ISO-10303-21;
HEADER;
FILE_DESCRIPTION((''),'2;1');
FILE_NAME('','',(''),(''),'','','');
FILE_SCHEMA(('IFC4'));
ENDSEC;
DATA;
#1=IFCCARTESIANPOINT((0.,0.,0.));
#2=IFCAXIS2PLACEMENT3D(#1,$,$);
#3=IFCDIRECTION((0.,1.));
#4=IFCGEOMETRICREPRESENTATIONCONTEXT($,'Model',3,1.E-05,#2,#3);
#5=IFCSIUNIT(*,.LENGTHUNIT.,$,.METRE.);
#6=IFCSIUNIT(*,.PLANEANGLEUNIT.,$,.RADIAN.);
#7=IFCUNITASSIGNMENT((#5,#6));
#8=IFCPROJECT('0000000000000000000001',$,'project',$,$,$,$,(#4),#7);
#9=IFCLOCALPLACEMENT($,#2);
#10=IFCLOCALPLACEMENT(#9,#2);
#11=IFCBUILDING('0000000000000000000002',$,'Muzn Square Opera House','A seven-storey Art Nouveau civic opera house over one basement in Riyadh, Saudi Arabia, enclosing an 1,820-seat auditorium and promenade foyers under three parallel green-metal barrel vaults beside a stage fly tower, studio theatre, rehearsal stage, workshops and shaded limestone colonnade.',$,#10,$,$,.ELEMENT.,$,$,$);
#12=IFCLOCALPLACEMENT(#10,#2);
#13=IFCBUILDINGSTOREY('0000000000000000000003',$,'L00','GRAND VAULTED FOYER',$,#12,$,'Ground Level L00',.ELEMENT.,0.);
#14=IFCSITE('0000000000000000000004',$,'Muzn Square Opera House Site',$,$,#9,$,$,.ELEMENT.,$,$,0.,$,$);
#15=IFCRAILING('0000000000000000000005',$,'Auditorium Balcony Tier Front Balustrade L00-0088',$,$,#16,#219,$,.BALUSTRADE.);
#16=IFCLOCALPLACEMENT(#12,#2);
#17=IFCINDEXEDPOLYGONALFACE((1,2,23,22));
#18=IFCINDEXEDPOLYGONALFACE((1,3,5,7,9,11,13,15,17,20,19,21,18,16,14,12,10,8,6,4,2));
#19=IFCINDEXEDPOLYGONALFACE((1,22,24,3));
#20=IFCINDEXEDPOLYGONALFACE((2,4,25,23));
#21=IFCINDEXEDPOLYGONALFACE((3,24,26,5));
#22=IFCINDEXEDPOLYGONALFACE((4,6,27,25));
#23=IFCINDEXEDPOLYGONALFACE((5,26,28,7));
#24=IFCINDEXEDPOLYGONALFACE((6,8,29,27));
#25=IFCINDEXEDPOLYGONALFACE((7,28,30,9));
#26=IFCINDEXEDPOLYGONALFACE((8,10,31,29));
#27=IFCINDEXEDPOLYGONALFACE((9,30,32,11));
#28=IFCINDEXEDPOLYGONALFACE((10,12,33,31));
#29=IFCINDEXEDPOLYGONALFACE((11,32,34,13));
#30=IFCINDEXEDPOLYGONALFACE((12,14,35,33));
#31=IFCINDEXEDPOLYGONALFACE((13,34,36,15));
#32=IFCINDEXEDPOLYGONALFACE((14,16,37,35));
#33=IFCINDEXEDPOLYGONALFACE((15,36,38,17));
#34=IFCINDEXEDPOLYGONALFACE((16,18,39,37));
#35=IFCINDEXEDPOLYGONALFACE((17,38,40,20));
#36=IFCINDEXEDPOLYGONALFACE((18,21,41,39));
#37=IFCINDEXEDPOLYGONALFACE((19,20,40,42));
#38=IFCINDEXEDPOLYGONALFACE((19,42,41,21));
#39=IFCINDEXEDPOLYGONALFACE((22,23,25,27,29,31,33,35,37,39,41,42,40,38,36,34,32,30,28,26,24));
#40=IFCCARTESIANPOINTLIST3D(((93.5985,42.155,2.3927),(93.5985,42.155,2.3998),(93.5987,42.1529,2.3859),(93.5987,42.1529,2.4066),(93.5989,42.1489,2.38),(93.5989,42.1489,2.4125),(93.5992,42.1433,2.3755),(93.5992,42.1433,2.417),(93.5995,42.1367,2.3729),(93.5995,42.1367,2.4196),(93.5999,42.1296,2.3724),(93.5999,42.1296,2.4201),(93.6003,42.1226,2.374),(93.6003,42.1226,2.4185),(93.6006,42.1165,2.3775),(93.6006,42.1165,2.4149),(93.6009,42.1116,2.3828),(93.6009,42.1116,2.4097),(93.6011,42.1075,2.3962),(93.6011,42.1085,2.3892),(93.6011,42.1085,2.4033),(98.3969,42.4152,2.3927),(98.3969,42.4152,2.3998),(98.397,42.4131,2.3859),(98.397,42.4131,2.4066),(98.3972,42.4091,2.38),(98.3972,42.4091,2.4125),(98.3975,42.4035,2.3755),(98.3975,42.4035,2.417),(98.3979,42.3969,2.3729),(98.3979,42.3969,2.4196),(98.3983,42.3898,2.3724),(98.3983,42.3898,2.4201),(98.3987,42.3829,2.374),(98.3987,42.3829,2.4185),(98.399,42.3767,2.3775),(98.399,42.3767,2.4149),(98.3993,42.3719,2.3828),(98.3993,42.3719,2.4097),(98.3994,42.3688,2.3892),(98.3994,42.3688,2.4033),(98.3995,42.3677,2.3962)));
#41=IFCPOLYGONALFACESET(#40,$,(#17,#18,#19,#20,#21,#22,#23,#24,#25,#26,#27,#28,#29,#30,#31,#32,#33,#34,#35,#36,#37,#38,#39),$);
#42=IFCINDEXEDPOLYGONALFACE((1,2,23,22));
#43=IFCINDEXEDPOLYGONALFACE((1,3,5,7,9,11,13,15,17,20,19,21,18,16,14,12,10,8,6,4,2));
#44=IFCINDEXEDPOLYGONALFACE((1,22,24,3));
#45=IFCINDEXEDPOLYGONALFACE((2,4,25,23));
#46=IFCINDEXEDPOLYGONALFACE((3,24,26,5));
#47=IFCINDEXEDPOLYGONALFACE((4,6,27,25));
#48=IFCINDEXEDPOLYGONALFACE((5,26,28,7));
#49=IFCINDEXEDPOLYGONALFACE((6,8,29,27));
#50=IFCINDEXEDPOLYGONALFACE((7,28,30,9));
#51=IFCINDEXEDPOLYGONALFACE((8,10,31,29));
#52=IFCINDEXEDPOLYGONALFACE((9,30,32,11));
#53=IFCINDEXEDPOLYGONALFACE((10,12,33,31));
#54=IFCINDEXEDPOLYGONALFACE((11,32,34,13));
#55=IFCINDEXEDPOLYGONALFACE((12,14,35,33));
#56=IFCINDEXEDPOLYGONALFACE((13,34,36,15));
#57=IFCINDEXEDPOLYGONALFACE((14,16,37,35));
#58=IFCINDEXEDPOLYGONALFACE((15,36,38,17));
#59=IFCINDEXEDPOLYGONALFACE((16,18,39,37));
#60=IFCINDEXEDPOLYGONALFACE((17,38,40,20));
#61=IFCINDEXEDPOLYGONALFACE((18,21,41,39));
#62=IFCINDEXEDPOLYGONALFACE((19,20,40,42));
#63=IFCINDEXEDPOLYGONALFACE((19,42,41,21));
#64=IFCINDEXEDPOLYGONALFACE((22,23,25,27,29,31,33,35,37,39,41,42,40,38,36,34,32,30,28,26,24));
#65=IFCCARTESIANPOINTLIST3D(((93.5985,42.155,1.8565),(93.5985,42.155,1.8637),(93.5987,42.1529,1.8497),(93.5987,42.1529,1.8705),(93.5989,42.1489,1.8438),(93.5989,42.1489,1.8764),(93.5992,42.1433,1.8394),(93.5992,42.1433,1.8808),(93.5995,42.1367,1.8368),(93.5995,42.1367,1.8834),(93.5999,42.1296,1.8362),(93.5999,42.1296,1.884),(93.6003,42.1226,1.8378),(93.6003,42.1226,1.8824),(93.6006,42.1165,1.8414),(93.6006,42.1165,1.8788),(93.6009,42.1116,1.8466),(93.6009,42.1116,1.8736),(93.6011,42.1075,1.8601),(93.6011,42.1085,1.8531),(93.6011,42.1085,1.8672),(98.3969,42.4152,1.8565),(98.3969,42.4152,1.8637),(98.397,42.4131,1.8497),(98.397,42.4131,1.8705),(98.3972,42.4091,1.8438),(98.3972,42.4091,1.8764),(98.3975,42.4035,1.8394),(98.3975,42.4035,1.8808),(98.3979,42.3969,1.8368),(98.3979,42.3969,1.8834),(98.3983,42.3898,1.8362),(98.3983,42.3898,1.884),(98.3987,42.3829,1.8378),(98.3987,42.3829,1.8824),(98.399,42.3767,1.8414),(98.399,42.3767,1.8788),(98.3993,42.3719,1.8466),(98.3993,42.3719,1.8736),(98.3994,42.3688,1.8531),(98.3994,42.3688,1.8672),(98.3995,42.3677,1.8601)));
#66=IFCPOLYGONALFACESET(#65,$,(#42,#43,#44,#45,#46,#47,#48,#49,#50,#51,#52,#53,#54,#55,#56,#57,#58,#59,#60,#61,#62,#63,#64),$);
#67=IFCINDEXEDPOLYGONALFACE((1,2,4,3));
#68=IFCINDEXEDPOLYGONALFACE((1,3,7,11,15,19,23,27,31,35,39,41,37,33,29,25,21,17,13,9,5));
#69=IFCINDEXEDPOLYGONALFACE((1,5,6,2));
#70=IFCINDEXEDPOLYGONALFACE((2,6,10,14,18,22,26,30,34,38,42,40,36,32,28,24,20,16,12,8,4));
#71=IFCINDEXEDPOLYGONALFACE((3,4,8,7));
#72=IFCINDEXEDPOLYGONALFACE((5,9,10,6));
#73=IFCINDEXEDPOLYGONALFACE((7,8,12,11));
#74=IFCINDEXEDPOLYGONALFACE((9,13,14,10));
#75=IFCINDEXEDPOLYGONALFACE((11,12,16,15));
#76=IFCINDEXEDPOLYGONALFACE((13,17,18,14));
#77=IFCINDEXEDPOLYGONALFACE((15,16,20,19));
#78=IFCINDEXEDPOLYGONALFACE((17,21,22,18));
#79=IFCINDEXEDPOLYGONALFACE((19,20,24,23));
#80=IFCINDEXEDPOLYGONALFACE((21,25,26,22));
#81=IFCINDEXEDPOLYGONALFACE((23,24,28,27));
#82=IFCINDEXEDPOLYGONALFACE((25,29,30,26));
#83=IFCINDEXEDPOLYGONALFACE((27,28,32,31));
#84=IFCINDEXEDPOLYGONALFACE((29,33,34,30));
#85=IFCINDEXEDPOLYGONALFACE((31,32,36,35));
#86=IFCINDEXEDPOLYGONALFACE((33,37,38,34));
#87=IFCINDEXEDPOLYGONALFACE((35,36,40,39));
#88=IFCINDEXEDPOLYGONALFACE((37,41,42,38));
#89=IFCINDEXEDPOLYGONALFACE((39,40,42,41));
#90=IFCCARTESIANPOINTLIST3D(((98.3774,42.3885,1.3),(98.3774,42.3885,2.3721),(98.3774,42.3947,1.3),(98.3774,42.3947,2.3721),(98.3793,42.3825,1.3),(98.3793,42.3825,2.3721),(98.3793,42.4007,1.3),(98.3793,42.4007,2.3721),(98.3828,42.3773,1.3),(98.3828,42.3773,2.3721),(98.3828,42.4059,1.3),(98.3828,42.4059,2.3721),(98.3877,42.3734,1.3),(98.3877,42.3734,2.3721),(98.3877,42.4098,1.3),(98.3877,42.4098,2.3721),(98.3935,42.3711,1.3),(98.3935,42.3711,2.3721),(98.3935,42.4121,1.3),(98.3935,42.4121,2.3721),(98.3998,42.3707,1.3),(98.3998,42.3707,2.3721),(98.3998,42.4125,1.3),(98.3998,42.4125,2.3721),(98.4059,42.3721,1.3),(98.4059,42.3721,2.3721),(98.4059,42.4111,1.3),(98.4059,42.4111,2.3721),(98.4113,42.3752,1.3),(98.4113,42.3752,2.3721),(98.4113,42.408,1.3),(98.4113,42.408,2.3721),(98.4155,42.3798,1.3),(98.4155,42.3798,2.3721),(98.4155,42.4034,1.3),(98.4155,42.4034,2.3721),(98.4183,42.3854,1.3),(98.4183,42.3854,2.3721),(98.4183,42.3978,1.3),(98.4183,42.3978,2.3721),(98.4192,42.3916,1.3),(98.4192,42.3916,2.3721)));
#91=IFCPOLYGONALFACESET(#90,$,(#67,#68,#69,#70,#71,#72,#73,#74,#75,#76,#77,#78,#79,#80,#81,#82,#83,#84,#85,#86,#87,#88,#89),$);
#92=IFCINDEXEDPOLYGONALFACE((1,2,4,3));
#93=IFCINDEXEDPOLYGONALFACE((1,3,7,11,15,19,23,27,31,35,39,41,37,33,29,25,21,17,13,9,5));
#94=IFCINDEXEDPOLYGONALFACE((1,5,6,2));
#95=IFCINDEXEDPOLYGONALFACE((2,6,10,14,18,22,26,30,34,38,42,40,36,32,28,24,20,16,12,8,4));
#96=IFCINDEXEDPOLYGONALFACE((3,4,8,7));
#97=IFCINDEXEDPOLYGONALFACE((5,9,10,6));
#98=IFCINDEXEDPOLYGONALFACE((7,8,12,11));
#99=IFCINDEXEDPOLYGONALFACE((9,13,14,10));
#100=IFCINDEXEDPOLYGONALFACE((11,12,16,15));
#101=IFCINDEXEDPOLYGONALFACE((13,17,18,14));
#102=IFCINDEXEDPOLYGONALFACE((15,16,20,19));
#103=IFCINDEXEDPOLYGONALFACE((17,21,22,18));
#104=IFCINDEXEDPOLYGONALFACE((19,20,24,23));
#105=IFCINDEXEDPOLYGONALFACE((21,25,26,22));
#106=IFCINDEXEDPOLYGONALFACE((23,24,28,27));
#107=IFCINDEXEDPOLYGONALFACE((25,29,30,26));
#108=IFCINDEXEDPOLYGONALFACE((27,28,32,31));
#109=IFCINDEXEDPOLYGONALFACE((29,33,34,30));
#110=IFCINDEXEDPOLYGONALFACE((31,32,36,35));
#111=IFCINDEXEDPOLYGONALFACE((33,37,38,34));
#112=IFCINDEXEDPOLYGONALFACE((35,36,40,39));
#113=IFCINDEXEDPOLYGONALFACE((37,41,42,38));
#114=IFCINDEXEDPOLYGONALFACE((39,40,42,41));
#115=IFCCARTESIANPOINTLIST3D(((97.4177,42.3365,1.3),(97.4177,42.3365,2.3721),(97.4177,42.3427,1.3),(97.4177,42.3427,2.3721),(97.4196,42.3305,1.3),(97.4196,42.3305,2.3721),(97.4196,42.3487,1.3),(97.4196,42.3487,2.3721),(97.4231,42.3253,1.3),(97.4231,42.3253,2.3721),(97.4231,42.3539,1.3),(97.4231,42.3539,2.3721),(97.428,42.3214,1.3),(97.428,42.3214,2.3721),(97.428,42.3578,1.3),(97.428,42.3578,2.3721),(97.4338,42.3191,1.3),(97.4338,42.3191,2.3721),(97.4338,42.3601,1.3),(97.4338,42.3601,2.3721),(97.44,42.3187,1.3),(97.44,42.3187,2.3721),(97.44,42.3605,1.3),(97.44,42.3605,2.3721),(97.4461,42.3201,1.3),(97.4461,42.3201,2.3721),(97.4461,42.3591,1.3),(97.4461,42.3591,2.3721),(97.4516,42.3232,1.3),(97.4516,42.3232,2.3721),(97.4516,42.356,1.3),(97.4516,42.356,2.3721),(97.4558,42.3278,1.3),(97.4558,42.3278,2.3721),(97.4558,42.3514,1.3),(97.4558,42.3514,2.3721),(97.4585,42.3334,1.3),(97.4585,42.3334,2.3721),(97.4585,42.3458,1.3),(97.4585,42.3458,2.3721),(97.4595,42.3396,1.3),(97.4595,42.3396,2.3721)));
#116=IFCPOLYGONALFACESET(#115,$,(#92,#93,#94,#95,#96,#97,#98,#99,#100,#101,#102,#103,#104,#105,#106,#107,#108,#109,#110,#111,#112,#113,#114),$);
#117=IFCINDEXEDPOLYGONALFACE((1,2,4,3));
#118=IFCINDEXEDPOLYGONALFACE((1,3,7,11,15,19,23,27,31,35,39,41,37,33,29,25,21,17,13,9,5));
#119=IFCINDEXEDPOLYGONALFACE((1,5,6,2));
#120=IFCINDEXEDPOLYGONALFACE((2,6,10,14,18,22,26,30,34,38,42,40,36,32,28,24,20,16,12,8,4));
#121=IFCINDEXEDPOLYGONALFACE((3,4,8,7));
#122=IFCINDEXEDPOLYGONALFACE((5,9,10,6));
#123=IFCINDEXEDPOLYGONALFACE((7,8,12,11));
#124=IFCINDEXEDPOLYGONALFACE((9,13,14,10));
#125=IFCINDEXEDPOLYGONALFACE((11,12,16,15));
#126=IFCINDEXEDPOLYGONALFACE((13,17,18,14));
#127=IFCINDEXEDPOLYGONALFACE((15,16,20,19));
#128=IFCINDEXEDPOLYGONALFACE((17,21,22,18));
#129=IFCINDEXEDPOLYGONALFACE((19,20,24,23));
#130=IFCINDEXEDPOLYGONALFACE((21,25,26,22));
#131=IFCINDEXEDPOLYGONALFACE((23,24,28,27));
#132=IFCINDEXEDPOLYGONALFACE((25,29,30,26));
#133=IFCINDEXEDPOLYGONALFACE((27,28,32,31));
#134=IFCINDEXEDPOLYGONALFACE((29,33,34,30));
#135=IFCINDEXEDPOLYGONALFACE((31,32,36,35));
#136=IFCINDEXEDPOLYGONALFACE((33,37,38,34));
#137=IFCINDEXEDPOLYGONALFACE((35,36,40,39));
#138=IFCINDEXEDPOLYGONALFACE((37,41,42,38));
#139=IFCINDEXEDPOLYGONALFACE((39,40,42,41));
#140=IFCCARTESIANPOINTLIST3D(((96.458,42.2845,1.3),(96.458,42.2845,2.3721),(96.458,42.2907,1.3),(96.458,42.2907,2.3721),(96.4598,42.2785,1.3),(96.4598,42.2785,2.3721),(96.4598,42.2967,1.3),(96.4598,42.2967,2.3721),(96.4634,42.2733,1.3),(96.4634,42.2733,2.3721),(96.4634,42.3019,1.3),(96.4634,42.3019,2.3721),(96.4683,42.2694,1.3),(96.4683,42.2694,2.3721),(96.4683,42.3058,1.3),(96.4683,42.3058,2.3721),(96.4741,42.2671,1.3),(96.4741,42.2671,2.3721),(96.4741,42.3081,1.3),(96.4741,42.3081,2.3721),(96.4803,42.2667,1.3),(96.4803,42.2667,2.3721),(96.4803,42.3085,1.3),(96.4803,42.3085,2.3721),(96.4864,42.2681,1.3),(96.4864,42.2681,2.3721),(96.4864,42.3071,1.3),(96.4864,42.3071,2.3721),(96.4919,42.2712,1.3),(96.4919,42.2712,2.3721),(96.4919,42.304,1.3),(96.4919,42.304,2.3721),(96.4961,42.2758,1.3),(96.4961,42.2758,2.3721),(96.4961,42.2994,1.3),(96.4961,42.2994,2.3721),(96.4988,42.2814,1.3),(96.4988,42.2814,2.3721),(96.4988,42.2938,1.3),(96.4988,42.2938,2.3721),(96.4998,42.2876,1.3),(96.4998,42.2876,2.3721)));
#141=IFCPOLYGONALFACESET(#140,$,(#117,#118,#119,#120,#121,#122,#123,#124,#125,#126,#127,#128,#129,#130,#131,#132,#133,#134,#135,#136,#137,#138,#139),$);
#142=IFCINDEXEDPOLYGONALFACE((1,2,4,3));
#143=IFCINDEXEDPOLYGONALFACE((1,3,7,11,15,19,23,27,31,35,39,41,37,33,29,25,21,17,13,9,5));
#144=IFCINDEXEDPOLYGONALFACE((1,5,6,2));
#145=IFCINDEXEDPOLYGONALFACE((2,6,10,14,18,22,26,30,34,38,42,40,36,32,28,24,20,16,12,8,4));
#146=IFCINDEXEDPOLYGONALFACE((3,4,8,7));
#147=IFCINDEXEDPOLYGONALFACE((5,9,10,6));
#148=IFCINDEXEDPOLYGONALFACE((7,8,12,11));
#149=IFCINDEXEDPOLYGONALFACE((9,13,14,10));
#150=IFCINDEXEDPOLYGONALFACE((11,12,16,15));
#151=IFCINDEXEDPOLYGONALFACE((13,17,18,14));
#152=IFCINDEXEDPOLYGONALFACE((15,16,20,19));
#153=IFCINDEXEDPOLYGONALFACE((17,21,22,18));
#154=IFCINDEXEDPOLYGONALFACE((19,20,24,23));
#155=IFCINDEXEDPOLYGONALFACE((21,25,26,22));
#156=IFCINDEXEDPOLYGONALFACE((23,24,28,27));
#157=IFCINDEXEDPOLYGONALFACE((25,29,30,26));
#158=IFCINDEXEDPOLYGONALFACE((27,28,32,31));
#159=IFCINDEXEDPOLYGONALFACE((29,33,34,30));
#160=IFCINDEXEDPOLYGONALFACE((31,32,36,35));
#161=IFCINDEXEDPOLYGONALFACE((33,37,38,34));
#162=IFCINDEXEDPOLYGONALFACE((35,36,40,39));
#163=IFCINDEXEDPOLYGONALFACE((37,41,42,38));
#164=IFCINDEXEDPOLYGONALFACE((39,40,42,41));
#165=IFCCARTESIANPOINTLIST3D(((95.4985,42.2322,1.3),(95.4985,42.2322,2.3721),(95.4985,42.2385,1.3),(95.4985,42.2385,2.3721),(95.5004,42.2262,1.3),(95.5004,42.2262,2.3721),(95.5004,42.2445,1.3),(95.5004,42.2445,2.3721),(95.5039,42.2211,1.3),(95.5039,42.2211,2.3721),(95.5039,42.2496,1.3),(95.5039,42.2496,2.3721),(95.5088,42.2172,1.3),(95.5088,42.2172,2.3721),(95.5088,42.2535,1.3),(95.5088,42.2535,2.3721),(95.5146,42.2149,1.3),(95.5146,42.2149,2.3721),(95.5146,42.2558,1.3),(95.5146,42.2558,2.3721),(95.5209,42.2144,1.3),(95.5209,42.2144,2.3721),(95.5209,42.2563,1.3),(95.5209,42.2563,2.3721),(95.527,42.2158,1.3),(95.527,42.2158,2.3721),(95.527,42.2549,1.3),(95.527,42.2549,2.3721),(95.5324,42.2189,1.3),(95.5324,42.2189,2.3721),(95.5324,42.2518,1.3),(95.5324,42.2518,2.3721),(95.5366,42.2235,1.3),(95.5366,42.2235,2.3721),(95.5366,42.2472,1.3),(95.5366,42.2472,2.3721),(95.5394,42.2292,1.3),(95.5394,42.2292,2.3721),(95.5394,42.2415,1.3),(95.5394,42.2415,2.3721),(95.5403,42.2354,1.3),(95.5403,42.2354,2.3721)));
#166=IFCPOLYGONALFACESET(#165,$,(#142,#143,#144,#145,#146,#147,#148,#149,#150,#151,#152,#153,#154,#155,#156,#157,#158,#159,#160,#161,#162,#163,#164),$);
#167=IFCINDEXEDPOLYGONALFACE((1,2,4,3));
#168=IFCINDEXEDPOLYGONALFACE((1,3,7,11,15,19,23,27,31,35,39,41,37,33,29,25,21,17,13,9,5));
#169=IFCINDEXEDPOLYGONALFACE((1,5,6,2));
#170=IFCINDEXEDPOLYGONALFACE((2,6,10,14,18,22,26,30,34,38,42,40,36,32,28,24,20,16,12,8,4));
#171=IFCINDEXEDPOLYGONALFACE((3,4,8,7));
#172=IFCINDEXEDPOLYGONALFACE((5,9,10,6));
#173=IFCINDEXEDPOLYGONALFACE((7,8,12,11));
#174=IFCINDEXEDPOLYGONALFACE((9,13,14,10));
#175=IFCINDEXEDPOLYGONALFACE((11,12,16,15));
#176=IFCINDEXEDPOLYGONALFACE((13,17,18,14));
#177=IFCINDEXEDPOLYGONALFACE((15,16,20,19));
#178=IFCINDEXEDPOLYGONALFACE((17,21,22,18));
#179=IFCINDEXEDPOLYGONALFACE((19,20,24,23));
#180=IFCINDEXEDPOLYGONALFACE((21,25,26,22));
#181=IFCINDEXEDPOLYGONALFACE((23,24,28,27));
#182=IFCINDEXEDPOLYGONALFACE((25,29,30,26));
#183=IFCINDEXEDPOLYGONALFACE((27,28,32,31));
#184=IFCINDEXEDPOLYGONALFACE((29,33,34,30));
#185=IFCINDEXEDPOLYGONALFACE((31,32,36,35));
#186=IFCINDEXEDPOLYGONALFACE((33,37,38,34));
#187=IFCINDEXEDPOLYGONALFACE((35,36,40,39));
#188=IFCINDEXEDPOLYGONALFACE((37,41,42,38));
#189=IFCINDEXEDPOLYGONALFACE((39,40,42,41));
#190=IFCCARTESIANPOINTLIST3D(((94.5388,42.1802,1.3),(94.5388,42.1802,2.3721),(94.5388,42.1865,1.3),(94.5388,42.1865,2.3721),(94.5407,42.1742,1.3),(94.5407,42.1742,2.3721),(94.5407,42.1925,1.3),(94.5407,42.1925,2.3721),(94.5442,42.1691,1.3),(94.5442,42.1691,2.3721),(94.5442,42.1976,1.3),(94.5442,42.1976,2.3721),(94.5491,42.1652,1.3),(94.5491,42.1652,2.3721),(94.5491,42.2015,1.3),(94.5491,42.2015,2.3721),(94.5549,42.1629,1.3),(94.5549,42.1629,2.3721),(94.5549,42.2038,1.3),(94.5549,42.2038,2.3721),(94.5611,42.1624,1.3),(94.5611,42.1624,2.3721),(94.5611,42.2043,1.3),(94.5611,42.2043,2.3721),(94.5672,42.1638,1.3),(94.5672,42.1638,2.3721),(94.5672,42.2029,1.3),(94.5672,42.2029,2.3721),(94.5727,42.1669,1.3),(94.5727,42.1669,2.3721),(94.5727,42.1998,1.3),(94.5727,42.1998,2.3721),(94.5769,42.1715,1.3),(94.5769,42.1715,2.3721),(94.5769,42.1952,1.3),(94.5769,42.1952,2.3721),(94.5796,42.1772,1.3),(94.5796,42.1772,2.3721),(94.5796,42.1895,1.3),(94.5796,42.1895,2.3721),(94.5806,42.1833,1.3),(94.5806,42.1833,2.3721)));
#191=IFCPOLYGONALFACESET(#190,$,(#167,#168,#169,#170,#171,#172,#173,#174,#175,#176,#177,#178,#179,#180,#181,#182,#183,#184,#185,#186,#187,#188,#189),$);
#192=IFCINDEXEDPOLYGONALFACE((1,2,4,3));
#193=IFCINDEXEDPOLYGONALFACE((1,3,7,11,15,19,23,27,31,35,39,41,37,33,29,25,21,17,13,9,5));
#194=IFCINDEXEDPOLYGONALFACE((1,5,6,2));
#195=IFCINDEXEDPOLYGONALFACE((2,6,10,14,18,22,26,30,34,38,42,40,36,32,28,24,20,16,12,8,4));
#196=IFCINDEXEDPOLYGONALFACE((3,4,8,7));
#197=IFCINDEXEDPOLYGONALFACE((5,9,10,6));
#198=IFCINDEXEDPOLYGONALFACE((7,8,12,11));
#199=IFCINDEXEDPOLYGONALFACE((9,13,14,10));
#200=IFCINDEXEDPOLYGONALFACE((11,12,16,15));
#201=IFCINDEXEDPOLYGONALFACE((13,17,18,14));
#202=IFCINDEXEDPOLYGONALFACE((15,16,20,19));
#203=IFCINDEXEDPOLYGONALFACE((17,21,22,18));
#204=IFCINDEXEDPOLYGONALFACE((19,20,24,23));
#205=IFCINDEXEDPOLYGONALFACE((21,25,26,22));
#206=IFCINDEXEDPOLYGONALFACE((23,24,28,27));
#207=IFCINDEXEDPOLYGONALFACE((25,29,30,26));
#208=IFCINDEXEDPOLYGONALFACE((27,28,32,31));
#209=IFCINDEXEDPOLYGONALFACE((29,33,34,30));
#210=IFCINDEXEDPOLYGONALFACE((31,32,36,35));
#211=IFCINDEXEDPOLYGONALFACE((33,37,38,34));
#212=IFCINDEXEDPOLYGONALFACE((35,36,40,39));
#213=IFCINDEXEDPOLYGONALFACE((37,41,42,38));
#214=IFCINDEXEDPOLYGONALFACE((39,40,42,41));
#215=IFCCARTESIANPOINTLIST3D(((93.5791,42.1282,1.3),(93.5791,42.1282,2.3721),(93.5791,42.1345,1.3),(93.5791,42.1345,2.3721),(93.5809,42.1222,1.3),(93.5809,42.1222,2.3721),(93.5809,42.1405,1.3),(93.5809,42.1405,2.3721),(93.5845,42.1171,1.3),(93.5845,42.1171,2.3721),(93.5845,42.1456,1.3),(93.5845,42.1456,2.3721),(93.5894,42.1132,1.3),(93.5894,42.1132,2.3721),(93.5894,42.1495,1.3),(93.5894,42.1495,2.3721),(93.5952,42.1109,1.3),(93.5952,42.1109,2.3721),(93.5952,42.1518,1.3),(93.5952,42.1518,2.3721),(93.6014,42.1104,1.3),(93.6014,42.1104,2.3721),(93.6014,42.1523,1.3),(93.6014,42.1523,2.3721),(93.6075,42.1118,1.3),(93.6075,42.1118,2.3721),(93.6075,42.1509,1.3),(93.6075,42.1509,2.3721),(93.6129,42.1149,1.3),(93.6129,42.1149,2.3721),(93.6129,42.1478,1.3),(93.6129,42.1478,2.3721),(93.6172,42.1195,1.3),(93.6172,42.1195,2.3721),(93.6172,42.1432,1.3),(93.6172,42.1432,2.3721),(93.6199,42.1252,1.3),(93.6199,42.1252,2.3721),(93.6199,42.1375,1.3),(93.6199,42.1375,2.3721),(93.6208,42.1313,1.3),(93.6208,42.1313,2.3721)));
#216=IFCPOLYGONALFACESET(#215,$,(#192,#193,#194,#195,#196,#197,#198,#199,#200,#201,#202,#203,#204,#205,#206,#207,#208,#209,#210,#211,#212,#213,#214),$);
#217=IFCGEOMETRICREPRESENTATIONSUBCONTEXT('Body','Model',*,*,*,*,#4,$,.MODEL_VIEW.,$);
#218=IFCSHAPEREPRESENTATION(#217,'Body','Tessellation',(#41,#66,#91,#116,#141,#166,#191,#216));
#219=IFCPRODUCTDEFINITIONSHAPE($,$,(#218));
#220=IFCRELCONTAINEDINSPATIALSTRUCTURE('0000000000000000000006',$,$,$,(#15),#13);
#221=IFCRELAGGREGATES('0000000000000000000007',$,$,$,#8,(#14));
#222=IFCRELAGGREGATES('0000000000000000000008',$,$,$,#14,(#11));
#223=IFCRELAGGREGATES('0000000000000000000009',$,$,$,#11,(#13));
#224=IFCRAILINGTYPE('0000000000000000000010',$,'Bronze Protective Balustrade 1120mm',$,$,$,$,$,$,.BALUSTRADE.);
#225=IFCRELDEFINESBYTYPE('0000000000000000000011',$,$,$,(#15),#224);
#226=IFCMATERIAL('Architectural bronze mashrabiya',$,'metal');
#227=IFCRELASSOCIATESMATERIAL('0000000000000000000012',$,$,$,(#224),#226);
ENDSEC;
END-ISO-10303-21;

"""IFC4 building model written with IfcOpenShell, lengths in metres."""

from ifc_helpers import new_model, si_unit, direction, frame, origin, origin_2d, place, context, subcontext, project, spatial, circle, extrude, material, type_object, element, save


model = new_model("IFC4")

# Units and contexts
model_context = context("Model", 3, precision=1e-05, world=origin(), true_north=direction((0.0, 1.0)))
body_context = subcontext(model_context, "Body", "Model", "MODEL_VIEW")
ifc_project = project(units=[si_unit("LENGTHUNIT", "METRE"), si_unit("PLANEANGLEUNIT", "RADIAN")], contexts=[model_context])

# Site, building, storey
site_placement = place(None, origin())
site = spatial("IfcSite", under=ifc_project, at=site_placement, Name="Muzn Square Opera House Site", CompositionType="ELEMENT", RefElevation=0.0)
building_placement = place(site_placement, origin())
building = spatial("IfcBuilding", under=site, at=building_placement, Name="Muzn Square Opera House", Description="A seven-storey Art Nouveau civic opera house over one basement in Riyadh, Saudi Arabia, enclosing an 1,820-seat auditorium and promenade foyers under three parallel green-metal barrel vaults beside a stage fly tower, studio theatre, rehearsal stage, workshops and shaded limestone colonnade.", CompositionType="ELEMENT")
storey_placement = place(building_placement, origin())
storey = spatial("IfcBuildingStorey", under=building, at=storey_placement, Name="L00", Description="GRAND VAULTED FOYER", LongName="Ground Level L00", CompositionType="ELEMENT", Elevation=0.0)

# Railing
ifc_material_1 = material(Name="Architectural bronze mashrabiya", Category="metal")
railing_type_1 = type_object("IfcRailingType", Name="Bronze Protective Balustrade 1120mm", PredefinedType="BALUSTRADE", material=ifc_material_1)
railing_1_placement = place(storey_placement, frame((98.3982, 42.3916, 1.3)))
element("IfcRailing", 1, at=railing_1_placement, inside=storey, type_object=railing_type_1, Name="Auditorium Balcony Tier Front Balustrade L00-0088", PredefinedType="BALUSTRADE", context=body_context, shape_type="SweptSolid", body=[
    extrude(circle(Radius=0.0239, at=origin_2d()), frame((0.0, 0.0, 1.0962), z_axis=(-0.998532, -0.054159, 0.0), x_axis=(0.054159, -0.998532, 0.0)), (0.0, 0.0, 1.0), 4.8054),
    extrude(circle(Radius=0.0239, at=origin_2d()), frame((0.0, 0.0, 0.5601), z_axis=(-0.998532, -0.054159, 0.0), x_axis=(0.054159, -0.998532, 0.0)), (0.0, 0.0, 1.0), 4.8054),
    extrude(circle(Radius=0.021, at=origin_2d()), origin(), (0.0, 0.0, 1.0), 1.072),
    extrude(circle(Radius=0.021, at=origin_2d()), frame((-0.9597, -0.052, 0.0)), (0.0, 0.0, 1.0), 1.072),
    extrude(circle(Radius=0.021, at=origin_2d()), frame((-1.9194, -0.104, 0.0)), (0.0, 0.0, 1.0), 1.072),
    extrude(circle(Radius=0.021, at=origin_2d()), frame((-2.8789, -0.1562, 0.0)), (0.0, 0.0, 1.0), 1.072),
    extrude(circle(Radius=0.021, at=origin_2d()), frame((-3.8386, -0.2083, 0.0)), (0.0, 0.0, 1.0), 1.072),
    extrude(circle(Radius=0.021, at=origin_2d()), frame((-4.7983, -0.2603, 0.0)), (0.0, 0.0, 1.0), 1.072),
])

save(model, "model.ifc")
